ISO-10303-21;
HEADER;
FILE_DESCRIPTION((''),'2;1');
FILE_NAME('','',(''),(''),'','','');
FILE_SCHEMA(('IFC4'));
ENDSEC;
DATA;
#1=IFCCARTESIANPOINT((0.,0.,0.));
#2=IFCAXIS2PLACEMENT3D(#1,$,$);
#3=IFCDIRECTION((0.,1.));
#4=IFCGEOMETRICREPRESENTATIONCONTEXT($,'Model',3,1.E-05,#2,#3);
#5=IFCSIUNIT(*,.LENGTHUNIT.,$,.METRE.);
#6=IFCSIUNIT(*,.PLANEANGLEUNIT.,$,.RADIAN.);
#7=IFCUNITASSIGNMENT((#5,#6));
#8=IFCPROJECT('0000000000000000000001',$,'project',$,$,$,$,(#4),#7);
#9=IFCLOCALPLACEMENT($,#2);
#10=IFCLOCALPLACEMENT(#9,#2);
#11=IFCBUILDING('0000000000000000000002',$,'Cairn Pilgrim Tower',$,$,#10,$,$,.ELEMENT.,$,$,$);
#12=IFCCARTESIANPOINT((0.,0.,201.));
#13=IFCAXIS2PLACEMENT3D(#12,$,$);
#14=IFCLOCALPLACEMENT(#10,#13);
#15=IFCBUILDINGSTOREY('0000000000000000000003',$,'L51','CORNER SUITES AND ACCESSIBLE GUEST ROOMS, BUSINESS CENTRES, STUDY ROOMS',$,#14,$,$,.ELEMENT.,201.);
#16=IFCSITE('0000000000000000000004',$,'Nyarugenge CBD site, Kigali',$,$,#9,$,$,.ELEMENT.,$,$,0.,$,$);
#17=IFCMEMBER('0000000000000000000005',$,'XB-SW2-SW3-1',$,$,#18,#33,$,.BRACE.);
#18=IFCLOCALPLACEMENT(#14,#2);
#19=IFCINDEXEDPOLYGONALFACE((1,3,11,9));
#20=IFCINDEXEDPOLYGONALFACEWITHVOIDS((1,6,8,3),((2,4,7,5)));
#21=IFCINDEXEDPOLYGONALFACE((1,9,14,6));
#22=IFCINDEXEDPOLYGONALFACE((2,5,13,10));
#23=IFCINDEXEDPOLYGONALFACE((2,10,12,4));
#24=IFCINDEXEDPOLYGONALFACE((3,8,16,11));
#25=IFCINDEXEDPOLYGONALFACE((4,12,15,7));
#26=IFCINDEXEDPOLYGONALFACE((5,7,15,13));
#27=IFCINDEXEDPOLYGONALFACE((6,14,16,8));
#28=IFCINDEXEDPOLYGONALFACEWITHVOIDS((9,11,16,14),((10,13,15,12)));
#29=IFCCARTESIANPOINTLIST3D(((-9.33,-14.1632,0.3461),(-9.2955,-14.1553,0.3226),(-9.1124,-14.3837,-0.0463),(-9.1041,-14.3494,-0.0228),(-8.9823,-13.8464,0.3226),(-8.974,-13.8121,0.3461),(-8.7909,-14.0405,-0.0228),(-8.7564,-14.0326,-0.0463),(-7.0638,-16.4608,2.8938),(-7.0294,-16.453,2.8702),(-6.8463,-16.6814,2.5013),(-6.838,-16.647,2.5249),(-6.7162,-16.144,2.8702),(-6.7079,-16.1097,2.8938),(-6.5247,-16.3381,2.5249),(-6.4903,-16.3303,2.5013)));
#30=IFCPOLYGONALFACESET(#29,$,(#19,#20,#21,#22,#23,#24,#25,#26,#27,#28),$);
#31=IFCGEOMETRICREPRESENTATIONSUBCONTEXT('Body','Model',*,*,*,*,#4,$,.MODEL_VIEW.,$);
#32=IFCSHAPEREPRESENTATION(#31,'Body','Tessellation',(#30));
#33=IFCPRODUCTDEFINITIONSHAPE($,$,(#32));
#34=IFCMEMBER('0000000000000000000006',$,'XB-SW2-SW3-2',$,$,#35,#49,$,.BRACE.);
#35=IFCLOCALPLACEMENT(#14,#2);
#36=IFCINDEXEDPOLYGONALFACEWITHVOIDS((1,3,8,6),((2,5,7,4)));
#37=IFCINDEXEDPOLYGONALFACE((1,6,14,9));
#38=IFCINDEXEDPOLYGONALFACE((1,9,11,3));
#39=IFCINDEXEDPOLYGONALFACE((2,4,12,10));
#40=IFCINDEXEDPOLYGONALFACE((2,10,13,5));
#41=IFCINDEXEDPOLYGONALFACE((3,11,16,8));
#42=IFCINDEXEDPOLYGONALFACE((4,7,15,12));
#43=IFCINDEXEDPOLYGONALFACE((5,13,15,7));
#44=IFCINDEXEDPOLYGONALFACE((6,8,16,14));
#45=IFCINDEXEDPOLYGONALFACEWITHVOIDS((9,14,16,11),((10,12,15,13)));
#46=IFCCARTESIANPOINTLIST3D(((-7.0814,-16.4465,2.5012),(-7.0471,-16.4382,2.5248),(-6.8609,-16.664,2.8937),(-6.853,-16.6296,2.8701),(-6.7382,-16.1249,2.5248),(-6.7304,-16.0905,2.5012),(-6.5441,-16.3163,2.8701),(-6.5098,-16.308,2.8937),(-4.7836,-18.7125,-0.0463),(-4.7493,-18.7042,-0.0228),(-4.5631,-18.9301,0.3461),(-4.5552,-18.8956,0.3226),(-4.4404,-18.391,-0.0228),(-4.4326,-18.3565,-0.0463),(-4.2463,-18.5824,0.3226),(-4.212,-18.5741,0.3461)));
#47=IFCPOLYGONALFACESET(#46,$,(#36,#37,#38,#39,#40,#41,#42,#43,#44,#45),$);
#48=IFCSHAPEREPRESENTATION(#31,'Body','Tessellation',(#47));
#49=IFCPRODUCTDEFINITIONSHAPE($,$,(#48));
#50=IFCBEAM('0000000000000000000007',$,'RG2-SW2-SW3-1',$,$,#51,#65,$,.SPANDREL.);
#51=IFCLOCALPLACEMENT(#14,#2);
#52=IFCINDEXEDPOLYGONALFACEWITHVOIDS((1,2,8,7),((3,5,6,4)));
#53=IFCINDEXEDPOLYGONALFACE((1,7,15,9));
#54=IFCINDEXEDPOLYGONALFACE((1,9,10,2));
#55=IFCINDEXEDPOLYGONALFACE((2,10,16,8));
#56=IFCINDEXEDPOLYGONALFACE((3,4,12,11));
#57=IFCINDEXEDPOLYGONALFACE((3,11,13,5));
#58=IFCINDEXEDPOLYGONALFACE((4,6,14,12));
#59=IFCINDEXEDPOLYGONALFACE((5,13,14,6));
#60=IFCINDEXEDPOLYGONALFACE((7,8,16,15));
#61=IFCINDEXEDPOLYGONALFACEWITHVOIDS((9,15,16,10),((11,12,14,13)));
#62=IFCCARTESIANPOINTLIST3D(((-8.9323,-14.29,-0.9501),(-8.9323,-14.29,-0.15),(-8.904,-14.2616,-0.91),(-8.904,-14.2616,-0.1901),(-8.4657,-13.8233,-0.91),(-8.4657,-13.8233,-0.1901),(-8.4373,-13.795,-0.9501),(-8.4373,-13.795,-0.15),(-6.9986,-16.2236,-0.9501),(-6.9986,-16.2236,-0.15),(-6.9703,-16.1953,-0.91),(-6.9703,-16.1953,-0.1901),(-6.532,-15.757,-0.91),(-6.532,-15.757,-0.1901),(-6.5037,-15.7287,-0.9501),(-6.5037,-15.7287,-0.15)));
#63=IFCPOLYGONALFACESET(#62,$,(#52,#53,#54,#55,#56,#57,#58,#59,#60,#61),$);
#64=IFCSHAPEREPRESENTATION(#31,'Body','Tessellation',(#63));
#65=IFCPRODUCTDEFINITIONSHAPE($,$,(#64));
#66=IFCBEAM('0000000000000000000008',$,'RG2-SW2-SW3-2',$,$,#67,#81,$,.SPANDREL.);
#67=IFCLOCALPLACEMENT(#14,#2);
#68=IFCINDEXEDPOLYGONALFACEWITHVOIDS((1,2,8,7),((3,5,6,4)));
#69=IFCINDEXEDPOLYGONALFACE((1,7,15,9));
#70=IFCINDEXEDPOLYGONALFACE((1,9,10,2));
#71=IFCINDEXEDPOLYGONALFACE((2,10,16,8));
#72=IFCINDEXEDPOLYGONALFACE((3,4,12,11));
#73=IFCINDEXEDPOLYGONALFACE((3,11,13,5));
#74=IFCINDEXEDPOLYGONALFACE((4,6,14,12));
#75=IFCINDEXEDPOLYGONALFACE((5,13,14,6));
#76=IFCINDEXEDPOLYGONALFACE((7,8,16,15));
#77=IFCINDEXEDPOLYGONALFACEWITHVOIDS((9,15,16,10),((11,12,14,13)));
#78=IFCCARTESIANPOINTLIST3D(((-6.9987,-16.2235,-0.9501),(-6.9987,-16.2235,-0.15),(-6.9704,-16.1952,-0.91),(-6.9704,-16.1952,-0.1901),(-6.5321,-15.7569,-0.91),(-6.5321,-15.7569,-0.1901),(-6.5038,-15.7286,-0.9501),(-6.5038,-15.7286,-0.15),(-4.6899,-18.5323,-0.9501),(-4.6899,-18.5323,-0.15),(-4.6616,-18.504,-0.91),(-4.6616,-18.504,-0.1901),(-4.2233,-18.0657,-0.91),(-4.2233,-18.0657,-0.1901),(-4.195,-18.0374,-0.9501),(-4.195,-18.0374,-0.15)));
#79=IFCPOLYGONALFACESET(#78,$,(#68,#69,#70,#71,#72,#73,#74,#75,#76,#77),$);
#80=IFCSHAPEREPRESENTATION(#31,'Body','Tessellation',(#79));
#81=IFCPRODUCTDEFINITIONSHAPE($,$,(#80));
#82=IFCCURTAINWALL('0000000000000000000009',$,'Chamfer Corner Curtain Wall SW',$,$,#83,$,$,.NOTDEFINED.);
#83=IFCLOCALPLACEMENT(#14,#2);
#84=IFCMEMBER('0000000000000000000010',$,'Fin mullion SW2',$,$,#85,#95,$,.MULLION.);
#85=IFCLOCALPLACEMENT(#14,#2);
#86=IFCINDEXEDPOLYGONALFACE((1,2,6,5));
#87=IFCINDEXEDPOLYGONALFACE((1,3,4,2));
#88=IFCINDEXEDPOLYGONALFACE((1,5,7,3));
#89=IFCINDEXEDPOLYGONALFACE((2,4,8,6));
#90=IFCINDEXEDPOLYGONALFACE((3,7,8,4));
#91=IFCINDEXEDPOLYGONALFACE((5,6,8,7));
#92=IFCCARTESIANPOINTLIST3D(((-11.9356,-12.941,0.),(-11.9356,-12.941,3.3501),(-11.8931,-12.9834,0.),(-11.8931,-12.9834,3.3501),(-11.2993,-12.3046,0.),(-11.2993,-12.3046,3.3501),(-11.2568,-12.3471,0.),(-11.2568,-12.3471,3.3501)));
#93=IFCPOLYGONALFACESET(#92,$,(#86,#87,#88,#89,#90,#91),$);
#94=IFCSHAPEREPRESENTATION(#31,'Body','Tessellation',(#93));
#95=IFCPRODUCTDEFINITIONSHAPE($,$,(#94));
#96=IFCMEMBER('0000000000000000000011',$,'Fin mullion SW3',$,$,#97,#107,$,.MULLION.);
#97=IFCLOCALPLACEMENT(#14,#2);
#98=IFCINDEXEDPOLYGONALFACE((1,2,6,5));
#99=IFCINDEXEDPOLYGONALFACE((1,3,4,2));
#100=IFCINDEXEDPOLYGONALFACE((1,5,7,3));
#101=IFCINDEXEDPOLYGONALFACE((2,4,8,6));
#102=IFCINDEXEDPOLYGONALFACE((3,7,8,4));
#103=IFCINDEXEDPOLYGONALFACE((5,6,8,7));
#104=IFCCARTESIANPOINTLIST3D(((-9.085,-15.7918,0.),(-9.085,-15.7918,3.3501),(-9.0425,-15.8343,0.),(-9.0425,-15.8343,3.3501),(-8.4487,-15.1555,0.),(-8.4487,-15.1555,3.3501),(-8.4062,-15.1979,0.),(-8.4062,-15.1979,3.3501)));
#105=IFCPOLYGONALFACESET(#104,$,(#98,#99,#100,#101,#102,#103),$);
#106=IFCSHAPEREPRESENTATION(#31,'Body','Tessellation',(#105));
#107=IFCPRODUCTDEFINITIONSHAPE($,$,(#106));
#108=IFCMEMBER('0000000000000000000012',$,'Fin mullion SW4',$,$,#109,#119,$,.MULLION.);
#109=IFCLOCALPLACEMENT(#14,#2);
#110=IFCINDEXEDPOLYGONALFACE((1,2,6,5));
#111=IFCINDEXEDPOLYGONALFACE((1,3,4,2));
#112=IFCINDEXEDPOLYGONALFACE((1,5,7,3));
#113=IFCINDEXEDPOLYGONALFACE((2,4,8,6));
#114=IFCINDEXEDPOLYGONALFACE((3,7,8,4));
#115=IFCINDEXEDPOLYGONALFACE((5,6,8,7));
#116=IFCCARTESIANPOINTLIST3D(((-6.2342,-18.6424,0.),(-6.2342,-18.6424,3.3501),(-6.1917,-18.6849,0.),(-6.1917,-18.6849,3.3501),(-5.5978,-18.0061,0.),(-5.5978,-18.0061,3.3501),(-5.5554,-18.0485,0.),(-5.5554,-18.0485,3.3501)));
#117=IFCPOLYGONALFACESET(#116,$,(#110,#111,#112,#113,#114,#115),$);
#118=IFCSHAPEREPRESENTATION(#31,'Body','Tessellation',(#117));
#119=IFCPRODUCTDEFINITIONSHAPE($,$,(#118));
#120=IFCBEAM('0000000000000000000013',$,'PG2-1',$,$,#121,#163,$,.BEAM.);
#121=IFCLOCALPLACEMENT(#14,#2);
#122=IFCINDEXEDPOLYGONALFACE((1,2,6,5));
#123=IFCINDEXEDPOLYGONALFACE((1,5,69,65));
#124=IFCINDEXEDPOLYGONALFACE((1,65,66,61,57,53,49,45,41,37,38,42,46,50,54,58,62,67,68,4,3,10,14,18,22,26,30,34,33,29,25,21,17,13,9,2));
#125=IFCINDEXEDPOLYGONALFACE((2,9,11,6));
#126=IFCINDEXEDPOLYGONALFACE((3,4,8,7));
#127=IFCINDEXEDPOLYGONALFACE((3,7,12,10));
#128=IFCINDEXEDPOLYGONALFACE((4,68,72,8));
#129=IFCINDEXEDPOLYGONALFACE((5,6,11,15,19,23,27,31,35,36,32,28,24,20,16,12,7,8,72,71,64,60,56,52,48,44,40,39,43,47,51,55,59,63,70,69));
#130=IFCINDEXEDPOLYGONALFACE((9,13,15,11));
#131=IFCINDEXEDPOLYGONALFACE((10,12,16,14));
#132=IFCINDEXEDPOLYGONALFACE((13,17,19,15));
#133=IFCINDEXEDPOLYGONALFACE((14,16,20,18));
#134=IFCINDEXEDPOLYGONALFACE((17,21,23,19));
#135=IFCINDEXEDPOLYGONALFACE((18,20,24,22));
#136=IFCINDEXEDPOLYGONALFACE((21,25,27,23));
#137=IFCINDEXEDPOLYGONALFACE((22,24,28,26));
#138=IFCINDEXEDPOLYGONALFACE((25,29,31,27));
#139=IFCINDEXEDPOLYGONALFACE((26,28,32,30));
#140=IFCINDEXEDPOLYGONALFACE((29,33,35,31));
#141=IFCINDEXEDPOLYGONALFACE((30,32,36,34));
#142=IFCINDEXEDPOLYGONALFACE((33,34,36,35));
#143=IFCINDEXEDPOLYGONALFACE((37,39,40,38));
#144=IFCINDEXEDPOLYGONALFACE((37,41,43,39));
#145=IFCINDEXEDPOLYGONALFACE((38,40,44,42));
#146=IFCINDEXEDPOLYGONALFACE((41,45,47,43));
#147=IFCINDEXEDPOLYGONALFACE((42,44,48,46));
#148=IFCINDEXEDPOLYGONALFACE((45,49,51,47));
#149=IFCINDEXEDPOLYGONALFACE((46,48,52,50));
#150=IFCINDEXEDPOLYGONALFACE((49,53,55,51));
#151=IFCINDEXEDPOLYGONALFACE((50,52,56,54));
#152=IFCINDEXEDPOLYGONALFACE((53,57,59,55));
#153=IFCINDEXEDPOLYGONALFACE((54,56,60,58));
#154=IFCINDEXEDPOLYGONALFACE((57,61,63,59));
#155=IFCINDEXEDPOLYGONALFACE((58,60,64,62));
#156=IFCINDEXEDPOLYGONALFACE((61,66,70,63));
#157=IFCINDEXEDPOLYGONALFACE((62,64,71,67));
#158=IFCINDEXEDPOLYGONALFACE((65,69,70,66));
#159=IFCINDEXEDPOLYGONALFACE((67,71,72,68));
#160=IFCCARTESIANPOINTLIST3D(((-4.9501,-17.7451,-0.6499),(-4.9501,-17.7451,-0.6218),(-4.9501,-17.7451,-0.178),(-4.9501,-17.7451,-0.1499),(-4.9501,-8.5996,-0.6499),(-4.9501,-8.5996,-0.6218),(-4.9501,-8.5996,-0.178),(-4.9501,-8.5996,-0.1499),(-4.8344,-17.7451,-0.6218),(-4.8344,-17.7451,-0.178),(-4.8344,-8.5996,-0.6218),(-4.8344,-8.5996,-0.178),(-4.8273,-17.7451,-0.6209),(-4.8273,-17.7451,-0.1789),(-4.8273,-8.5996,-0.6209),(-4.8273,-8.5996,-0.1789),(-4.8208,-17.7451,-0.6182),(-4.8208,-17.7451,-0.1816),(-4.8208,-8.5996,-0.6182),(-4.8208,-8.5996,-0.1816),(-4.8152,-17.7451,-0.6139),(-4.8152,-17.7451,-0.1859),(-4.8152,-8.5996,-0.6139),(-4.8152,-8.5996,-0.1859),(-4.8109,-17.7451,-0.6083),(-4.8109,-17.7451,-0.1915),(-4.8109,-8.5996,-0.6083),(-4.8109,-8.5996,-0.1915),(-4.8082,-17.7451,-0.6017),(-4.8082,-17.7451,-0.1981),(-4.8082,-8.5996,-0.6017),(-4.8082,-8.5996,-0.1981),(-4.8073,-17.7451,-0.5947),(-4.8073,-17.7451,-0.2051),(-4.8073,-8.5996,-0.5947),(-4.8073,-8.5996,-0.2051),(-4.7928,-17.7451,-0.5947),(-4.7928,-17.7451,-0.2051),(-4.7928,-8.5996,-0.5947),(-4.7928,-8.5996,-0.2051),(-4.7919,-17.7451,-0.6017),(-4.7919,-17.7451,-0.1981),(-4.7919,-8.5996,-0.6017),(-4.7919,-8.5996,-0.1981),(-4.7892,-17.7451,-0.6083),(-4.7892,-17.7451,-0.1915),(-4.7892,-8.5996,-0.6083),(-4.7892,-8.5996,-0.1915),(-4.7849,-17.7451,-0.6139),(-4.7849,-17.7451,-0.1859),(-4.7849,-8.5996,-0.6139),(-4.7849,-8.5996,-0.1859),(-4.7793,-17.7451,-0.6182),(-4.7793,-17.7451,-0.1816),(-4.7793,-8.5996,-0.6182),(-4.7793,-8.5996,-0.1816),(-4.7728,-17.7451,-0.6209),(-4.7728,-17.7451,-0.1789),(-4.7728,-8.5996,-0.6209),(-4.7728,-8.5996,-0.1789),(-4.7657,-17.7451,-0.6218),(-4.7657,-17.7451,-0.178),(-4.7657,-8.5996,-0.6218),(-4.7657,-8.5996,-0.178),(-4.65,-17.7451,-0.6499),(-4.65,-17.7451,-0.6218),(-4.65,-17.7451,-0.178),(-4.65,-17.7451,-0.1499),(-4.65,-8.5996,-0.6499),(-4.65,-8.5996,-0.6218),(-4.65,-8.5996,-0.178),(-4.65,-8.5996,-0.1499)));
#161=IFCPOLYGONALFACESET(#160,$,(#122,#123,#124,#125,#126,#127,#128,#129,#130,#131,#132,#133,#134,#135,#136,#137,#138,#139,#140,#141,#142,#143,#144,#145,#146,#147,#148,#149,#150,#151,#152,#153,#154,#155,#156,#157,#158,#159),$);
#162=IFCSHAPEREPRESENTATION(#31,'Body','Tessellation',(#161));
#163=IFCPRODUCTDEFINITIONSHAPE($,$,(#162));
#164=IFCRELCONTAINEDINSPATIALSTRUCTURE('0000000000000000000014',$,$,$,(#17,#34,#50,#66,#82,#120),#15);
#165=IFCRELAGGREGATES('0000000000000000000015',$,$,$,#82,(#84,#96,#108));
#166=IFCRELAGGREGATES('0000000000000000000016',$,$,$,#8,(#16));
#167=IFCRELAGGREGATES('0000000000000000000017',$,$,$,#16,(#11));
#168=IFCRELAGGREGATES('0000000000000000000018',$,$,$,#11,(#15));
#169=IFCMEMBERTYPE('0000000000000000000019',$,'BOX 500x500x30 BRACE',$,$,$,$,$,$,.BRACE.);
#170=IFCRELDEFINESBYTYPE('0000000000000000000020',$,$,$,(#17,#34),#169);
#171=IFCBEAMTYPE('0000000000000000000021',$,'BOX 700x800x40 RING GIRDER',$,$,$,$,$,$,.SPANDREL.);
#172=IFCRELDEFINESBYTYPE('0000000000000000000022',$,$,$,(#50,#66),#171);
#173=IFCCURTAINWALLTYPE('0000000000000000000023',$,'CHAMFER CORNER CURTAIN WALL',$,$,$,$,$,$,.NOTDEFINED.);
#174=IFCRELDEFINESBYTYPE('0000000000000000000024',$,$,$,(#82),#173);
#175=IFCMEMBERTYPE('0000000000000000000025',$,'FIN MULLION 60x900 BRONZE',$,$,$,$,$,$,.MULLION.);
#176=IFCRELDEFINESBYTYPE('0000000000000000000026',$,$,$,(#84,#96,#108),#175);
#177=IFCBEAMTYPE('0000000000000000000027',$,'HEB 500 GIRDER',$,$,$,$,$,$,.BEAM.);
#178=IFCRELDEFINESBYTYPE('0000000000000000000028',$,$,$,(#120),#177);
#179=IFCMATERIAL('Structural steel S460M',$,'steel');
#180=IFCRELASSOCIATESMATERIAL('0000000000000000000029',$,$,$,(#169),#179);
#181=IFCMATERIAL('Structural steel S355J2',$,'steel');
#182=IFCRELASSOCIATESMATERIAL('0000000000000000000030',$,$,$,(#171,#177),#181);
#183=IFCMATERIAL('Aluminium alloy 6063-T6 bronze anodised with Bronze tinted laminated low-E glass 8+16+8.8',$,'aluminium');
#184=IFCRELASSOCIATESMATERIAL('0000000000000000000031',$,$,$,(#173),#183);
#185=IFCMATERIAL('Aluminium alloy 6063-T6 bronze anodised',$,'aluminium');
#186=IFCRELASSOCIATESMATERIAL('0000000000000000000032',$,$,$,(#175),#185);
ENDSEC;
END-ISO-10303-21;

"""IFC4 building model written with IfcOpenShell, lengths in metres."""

from ifc_helpers import new_model, si_unit, direction, frame, origin, origin_2d, place, context, subcontext, project, spatial, rectangle, hollow_rectangle, i_section, extrude, material, material_profile, profile_set, type_object, element, aggregate, save


model = new_model("IFC4")

# Units and contexts
model_context = context("Model", 3, precision=1e-05, world=origin(), true_north=direction((0.0, 1.0)))
body_context = subcontext(model_context, "Body", "Model", "MODEL_VIEW")
ifc_project = project(units=[si_unit("LENGTHUNIT", "METRE"), si_unit("PLANEANGLEUNIT", "RADIAN")], contexts=[model_context])

# Site, building, storey
site_placement = place(None, origin())
site = spatial("IfcSite", under=ifc_project, at=site_placement, Name="Nyarugenge CBD site, Kigali", CompositionType="ELEMENT", RefElevation=0.0)
building_placement = place(site_placement, origin())
building = spatial("IfcBuilding", under=site, at=building_placement, Name="Cairn Pilgrim Tower", CompositionType="ELEMENT")
storey_placement = place(building_placement, frame((0.0, 0.0, 201.0)))
storey = spatial("IfcBuildingStorey", under=building, at=storey_placement, Name="L51", Description="CORNER SUITES AND ACCESSIBLE GUEST ROOMS, BUSINESS CENTRES, STUDY ROOMS", CompositionType="ELEMENT", Elevation=201.0)

# Shared definitions
ifc_material_1 = material(Name="Structural steel S460M", Category="steel")

# Members
ifc_material_profile_1 = material_profile(ifc_material_1, hollow_rectangle(XDim=0.5, YDim=0.5, WallThickness=0.03, at=origin_2d()), Name="BOX 500x500x30")
ifc_profile_set_1 = profile_set([ifc_material_profile_1], Name="Structural steel S460M")
member_type_1 = type_object("IfcMemberType", Name="BOX 500x500x30 BRACE", PredefinedType="BRACE", material=ifc_profile_set_1)
for number, where, z_axis, x_axis, name in (
    (1, (-9.0432, -14.0979, 0.1499), (0.551162, -0.558822, 0.619627), (0.71197, 0.70221, 0.0), "XB-SW2-SW3-1"),
    (2, (-4.4978, -18.6433, 0.1499), (-0.558863, 0.551144, 0.619607), (-0.702173, -0.712007, 0.0), "XB-SW2-SW3-2"),
):
    element("IfcMember", number, at=place(storey_placement, frame(where, z_axis=z_axis, x_axis=x_axis)), inside=storey, type_object=member_type_1, Name=name, PredefinedType="BRACE", context=body_context, shape_type="SweptSolid", body=[
        extrude(hollow_rectangle(XDim=0.5, YDim=0.5, WallThickness=0.03, at=origin_2d()), origin(), (0.0, 0.0, 1.0), 4.1116),
    ])

# Beams
ifc_material_2 = material(Name="Structural steel S355J2", Category="steel")
ifc_material_profile_2 = material_profile(ifc_material_2, hollow_rectangle(XDim=0.7, YDim=0.8, WallThickness=0.04, at=origin_2d()), Name="BOX 700x800x40")
ifc_profile_set_2 = profile_set([ifc_material_profile_2], Name="Structural steel S355J2")
beam_type_1 = type_object("IfcBeamType", Name="BOX 700x800x40 RING GIRDER", PredefinedType="SPANDREL", material=ifc_profile_set_2)
beam_1_placement = place(storey_placement, frame((-8.6848, -14.0425, -0.55), z_axis=(0.707107, -0.707107, 0.0), x_axis=(0.707107, 0.707107, 0.0)))
element("IfcBeam", 3, at=beam_1_placement, inside=storey, type_object=beam_type_1, Name="RG2-SW2-SW3-1", PredefinedType="SPANDREL", context=body_context, shape_type="SweptSolid", body=[
    extrude(hollow_rectangle(XDim=0.7, YDim=0.8, WallThickness=0.04, at=origin_2d()), origin(), (0.0, 0.0, 1.0), 2.7346),
])
beam_2_placement = place(storey_placement, frame((-6.7512, -15.9761, -0.55), z_axis=(0.707107, -0.707107, 0.0), x_axis=(0.707107, 0.707107, 0.0)))
element("IfcBeam", 4, at=beam_2_placement, inside=storey, type_object=beam_type_1, Name="RG2-SW2-SW3-2", PredefinedType="SPANDREL", context=body_context, shape_type="SweptSolid", body=[
    extrude(hollow_rectangle(XDim=0.7, YDim=0.8, WallThickness=0.04, at=origin_2d()), origin(), (0.0, 0.0, 1.0), 3.2651),
])

# Curtain wall, members
ifc_material_3 = material(Name="Aluminium alloy 6063-T6 bronze anodised with Bronze tinted laminated low-E glass 8+16+8.8", Category="aluminium")
curtain_wall_type = type_object("IfcCurtainWallType", Name="CHAMFER CORNER CURTAIN WALL", PredefinedType="NOTDEFINED", material=ifc_material_3)
curtain_wall_placement = place(storey_placement, origin())
curtain_wall = element("IfcCurtainWall", 5, at=curtain_wall_placement, inside=storey, type_object=curtain_wall_type, Name="Chamfer Corner Curtain Wall SW", PredefinedType="NOTDEFINED")
ifc_material_4 = material(Name="Aluminium alloy 6063-T6 bronze anodised", Category="aluminium")
ifc_material_profile_3 = material_profile(ifc_material_4, rectangle(XDim=0.8999, YDim=0.0601, at=origin_2d()), Name="FIN MULLION 60x900 BRONZE")
ifc_profile_set_3 = profile_set([ifc_material_profile_3], Name="Aluminium alloy 6063-T6 bronze anodised")
member_type_2 = type_object("IfcMemberType", Name="FIN MULLION 60x900 BRONZE", PredefinedType="MULLION", material=ifc_profile_set_3)
member_1_placement = place(storey_placement, frame((-11.5962, -12.644, 0.0), z_axis=(0.0, 0.0, 1.0), x_axis=(-0.707107, -0.707107, 0.0)))
member_1 = element("IfcMember", 6, at=member_1_placement, type_object=member_type_2, Name="Fin mullion SW2", PredefinedType="MULLION", context=body_context, shape_type="SweptSolid", body=[
    extrude(rectangle(XDim=0.8999, YDim=0.0601, at=origin_2d()), origin(), (0.0, 0.0, 1.0), 3.3501),
])
member_2_placement = place(storey_placement, frame((-8.7456, -15.4949, 0.0), z_axis=(0.0, 0.0, 1.0), x_axis=(-0.707107, -0.707107, 0.0)))
member_2 = element("IfcMember", 7, at=member_2_placement, type_object=member_type_2, Name="Fin mullion SW3", PredefinedType="MULLION", context=body_context, shape_type="SweptSolid", body=[
    extrude(rectangle(XDim=0.8999, YDim=0.0601, at=origin_2d()), origin(), (0.0, 0.0, 1.0), 3.3501),
])
member_3_placement = place(storey_placement, frame((-5.8948, -18.3455, 0.0), z_axis=(0.0, 0.0, 1.0), x_axis=(-0.707107, -0.707107, 0.0)))
member_3 = element("IfcMember", 8, at=member_3_placement, type_object=member_type_2, Name="Fin mullion SW4", PredefinedType="MULLION", context=body_context, shape_type="SweptSolid", body=[
    extrude(rectangle(XDim=0.8999, YDim=0.0601, at=origin_2d()), origin(), (0.0, 0.0, 1.0), 3.3501),
])

# Beam
ifc_material_profile_4 = material_profile(ifc_material_2, i_section(OverallWidth=0.3, OverallDepth=0.5, WebThickness=0.0144, FlangeThickness=0.0281, FilletRadius=0.0271, at=origin_2d()), Name="HEB 500")
ifc_profile_set_4 = profile_set([ifc_material_profile_4], Name="Structural steel S355J2")
beam_type_2 = type_object("IfcBeamType", Name="HEB 500 GIRDER", PredefinedType="BEAM", material=ifc_profile_set_4)
beam_3_placement = place(storey_placement, frame((-4.8, -17.7451, -0.3999), z_axis=(0.0, 1.0, 0.0), x_axis=(-1.0, 0.0, 0.0)))
element("IfcBeam", 9, at=beam_3_placement, inside=storey, type_object=beam_type_2, Name="PG2-1", PredefinedType="BEAM", context=body_context, shape_type="SweptSolid", body=[
    extrude(i_section(OverallWidth=0.3, OverallDepth=0.5, WebThickness=0.0144, FlangeThickness=0.0281, FilletRadius=0.0271, at=origin_2d()), origin(), (0.0, 0.0, 1.0), 9.1455),
])

aggregate(curtain_wall, [member_1, member_2, member_3])

save(model, "model.ifc")
